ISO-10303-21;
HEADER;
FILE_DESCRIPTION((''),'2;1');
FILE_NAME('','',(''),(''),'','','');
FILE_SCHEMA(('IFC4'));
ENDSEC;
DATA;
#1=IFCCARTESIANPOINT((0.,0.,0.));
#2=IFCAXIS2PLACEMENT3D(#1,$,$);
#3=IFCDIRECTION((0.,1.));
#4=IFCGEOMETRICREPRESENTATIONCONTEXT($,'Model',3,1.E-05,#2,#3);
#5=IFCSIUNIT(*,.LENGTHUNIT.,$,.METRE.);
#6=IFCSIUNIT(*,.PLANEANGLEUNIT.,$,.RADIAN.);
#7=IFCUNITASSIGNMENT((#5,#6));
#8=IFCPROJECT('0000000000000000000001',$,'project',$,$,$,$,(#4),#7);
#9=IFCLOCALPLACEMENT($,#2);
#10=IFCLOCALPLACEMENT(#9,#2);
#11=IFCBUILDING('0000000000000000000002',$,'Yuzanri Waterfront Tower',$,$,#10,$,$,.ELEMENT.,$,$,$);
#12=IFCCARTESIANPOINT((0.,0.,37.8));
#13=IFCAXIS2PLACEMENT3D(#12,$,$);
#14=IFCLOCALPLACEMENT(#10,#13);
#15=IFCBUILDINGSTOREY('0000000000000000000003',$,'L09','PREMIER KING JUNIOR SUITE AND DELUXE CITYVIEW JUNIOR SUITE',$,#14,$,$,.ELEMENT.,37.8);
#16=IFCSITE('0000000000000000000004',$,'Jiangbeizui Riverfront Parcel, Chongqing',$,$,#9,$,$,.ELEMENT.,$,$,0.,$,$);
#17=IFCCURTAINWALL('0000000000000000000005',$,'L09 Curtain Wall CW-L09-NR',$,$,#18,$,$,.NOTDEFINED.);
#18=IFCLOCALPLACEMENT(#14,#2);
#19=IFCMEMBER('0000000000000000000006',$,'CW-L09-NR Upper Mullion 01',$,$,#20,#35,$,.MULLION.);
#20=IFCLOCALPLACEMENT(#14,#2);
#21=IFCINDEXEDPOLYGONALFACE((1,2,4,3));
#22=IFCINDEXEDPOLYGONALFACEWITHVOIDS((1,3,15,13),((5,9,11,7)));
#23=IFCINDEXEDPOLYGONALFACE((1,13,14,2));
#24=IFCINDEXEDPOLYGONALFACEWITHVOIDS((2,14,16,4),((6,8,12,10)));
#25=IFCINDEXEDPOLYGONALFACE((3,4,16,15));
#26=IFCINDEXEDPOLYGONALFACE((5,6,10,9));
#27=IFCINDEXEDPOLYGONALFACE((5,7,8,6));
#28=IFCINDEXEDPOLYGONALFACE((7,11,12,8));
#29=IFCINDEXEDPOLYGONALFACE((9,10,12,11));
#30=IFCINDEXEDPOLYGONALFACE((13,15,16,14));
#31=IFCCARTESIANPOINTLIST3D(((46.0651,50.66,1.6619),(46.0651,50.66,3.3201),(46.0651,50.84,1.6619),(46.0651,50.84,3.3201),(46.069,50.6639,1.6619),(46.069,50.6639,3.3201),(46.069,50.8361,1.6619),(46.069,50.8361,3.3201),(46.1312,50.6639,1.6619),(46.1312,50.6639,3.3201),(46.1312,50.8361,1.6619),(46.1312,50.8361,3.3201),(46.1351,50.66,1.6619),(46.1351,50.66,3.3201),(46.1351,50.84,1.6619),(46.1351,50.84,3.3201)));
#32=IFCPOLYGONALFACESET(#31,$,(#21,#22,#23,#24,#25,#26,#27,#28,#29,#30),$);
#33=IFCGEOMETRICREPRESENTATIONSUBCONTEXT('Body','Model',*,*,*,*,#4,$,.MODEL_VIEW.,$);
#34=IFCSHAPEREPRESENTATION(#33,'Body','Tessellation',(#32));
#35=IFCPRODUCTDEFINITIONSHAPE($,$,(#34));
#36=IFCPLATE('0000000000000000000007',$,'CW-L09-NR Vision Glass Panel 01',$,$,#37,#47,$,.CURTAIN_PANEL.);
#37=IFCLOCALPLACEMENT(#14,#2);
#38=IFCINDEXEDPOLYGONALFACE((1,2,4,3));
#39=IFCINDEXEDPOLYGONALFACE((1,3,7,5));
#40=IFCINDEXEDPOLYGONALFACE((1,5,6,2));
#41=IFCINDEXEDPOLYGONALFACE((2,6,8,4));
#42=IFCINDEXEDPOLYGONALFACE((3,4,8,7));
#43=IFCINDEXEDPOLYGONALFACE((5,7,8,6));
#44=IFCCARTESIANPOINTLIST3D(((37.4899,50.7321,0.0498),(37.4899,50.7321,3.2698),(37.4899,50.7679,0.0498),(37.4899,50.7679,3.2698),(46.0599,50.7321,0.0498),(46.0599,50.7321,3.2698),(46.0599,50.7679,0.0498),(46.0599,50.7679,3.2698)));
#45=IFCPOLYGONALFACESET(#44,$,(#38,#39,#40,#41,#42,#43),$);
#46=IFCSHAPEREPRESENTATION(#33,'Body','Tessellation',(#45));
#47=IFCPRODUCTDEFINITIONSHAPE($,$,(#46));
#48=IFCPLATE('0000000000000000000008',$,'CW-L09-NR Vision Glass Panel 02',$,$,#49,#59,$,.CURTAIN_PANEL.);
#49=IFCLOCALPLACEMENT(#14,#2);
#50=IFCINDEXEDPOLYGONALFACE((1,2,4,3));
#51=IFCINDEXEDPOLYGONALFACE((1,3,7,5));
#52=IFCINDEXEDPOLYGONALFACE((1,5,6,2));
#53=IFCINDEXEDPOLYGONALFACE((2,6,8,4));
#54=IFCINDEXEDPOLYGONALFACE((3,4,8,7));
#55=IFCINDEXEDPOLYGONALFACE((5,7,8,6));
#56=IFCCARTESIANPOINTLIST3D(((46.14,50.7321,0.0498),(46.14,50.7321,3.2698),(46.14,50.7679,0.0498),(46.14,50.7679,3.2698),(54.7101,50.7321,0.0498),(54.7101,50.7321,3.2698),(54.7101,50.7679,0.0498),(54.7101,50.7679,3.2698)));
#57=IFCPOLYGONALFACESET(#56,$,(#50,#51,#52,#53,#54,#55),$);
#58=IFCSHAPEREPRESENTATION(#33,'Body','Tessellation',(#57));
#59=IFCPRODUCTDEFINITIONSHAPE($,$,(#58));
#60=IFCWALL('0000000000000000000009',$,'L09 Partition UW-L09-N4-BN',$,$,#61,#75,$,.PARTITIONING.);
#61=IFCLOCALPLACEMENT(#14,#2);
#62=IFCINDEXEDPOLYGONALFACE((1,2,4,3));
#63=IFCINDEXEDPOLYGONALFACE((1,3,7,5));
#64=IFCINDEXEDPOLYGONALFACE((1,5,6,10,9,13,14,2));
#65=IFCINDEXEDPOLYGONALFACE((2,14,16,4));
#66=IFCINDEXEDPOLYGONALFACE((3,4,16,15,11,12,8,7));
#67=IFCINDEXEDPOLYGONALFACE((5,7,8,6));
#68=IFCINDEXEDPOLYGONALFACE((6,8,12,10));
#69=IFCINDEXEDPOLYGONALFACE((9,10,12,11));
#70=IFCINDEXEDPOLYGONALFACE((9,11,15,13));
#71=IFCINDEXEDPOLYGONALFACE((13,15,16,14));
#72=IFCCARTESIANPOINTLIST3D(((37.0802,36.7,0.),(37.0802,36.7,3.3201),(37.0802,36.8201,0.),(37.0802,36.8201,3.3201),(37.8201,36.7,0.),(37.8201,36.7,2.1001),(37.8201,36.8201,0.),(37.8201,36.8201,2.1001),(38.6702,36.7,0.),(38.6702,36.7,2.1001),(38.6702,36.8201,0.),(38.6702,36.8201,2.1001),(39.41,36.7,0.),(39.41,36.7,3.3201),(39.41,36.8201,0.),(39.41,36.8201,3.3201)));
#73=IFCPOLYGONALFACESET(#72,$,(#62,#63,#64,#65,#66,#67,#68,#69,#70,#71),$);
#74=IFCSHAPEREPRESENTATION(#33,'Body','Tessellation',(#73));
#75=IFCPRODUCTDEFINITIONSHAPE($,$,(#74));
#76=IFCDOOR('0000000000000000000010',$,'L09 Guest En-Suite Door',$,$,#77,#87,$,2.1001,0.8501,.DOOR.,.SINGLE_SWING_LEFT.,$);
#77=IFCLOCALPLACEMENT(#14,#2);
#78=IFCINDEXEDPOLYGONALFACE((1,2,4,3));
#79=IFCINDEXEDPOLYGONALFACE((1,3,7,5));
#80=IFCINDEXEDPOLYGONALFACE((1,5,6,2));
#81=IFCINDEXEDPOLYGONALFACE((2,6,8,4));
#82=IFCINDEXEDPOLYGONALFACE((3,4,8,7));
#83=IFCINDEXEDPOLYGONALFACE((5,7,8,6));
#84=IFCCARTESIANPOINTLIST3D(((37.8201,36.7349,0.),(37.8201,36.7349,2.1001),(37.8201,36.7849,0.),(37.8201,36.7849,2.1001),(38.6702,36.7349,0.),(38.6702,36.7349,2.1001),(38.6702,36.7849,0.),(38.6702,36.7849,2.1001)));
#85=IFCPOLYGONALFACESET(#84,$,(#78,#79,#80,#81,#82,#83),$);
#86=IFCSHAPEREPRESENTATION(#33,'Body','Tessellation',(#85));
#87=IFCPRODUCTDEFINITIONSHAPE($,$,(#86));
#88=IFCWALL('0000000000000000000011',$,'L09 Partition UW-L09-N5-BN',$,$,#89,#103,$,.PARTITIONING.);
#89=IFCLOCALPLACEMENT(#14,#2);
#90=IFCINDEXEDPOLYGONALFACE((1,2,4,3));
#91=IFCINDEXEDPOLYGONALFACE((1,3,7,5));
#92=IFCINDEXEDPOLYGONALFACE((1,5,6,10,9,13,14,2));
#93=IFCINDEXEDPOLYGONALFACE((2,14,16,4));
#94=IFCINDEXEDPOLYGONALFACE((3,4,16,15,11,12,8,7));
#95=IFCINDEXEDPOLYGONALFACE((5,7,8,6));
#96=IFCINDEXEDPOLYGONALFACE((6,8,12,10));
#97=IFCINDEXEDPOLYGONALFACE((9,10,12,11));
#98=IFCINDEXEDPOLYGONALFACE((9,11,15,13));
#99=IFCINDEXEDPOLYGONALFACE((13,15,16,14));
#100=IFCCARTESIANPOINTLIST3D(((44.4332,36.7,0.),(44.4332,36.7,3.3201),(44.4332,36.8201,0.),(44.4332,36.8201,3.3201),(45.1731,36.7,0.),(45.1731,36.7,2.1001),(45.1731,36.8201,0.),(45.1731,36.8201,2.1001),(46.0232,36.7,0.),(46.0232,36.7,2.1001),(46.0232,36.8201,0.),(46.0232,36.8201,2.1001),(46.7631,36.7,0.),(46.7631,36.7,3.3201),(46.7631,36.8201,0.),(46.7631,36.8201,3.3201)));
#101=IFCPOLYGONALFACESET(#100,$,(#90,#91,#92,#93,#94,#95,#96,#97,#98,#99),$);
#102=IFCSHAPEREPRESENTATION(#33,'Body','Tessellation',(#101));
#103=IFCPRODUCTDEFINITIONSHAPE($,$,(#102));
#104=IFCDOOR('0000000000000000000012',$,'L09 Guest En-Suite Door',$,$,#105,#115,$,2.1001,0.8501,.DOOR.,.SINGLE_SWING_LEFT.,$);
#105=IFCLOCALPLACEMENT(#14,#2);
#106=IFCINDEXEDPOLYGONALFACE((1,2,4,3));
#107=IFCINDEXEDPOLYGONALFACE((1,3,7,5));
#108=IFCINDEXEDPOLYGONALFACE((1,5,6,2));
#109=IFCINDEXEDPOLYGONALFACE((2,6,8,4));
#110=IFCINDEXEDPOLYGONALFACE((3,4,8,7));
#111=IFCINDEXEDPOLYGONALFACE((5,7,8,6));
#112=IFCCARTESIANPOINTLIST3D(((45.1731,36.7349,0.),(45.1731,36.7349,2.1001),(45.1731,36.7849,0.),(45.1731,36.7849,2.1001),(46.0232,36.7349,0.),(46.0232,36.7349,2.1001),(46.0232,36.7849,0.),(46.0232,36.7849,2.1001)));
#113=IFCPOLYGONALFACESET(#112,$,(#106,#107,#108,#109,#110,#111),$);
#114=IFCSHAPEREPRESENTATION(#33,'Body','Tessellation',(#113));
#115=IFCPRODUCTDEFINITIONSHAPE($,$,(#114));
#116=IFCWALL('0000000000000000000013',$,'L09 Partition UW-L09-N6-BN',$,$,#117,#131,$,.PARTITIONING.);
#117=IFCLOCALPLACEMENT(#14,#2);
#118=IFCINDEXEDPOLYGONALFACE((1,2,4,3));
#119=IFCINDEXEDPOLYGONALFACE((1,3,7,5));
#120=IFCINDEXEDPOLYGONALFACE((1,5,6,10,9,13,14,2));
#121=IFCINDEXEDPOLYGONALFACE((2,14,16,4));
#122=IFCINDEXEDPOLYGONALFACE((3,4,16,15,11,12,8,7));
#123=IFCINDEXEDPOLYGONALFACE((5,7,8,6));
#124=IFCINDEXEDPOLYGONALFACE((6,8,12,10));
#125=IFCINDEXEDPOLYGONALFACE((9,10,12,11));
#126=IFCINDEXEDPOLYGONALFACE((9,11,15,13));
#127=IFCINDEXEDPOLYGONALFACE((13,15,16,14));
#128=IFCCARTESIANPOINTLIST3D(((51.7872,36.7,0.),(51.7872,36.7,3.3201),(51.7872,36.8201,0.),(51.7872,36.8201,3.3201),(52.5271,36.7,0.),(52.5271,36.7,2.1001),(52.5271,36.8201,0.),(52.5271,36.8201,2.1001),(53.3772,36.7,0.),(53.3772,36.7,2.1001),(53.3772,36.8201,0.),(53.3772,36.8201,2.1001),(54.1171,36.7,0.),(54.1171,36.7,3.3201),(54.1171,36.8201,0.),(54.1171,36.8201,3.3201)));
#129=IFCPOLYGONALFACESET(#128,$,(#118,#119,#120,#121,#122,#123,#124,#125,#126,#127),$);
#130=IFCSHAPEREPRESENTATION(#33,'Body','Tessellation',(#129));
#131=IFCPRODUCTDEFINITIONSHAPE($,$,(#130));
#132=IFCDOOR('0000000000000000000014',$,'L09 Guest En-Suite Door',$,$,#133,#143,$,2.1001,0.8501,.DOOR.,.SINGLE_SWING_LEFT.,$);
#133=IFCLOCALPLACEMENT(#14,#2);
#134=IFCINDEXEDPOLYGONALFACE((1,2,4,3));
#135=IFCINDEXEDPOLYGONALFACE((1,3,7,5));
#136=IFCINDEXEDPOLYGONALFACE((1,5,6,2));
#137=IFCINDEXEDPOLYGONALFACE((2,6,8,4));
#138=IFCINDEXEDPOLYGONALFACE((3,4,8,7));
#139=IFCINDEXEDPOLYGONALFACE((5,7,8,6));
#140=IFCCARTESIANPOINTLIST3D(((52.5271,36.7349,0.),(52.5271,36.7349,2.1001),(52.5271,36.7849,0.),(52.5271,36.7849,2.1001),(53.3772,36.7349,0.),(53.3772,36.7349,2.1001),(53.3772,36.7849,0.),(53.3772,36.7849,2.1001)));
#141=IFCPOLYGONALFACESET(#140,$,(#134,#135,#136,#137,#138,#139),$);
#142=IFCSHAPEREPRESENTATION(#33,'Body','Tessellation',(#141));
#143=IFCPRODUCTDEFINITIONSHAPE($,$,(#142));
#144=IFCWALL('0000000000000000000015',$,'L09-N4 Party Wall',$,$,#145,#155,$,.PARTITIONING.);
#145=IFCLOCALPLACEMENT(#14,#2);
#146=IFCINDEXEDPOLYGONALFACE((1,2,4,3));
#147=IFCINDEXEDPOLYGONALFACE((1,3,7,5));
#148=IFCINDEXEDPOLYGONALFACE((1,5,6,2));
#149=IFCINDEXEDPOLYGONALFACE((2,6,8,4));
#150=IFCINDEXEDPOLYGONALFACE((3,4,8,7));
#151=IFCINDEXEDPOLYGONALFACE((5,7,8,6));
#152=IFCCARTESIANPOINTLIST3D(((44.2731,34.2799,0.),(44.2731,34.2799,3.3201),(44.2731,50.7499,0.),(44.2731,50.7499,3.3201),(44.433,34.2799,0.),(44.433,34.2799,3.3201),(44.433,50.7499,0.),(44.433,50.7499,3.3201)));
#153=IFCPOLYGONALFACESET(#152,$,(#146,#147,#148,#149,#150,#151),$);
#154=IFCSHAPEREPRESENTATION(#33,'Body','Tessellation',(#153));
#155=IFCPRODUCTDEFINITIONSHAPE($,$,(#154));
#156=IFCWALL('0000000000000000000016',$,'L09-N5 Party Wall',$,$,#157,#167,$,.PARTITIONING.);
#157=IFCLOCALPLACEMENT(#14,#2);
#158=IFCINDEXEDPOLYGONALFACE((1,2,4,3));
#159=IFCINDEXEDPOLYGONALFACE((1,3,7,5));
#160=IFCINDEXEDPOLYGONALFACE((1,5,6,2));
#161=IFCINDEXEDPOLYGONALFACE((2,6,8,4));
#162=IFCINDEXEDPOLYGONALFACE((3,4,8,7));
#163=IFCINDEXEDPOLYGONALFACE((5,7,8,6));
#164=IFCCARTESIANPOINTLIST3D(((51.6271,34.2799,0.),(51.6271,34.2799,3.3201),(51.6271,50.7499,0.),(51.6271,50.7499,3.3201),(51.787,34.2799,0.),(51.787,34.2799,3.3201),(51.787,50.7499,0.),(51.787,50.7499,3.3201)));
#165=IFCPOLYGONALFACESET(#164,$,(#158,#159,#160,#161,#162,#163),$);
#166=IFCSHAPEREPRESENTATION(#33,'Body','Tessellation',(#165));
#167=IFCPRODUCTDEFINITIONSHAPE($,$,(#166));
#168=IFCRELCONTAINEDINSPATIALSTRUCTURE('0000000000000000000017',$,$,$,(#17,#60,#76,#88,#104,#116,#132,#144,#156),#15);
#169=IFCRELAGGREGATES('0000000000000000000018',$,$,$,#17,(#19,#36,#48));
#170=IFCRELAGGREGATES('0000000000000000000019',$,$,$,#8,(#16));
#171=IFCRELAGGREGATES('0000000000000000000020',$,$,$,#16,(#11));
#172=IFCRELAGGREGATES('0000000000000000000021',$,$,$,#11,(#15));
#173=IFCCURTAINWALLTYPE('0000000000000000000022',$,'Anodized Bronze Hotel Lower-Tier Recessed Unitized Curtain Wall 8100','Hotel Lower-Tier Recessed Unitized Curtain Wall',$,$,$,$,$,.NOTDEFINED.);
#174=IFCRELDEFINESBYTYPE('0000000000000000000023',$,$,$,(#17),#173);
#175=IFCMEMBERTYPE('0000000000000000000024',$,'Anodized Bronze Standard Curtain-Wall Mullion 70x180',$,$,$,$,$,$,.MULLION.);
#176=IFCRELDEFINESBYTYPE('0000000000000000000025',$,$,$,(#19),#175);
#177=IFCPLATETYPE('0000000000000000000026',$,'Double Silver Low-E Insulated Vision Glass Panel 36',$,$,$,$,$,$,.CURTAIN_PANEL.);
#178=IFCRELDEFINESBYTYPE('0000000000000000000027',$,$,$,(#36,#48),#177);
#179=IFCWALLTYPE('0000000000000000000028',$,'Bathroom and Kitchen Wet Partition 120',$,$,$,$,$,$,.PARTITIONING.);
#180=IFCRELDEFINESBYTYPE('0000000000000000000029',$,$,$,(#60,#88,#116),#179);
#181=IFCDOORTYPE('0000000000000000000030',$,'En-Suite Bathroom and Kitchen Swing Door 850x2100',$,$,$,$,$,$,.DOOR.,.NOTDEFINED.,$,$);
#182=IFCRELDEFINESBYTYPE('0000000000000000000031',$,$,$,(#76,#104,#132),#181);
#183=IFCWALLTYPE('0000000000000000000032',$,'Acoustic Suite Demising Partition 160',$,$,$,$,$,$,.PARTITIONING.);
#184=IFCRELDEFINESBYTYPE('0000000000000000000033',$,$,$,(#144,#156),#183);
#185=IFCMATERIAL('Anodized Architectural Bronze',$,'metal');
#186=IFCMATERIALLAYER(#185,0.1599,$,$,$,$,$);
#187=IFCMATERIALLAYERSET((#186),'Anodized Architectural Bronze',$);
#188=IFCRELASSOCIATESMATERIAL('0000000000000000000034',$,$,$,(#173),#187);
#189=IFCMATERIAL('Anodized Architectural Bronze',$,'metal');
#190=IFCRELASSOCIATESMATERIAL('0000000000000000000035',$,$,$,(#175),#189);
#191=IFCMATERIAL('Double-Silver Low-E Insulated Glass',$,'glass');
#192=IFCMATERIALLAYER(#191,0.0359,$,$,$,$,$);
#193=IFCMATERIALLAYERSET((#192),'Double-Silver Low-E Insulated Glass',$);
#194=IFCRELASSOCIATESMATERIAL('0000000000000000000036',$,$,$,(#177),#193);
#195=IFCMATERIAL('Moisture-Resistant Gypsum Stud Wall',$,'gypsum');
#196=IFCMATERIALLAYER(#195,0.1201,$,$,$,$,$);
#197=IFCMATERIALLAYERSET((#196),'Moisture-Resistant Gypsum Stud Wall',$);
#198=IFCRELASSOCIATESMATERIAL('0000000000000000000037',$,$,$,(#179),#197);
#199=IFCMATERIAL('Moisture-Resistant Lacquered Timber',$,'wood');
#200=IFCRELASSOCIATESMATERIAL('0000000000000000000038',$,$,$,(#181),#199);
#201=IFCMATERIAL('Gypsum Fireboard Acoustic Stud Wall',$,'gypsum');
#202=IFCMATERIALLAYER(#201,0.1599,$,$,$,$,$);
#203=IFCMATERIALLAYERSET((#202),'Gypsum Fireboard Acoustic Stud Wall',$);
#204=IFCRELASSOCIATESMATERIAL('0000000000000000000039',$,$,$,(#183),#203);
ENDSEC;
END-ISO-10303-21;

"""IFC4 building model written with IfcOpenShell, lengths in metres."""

from ifc_helpers import new_model, si_unit, direction, frame, frame_2d, origin, origin_2d, place, context, subcontext, project, spatial, rectangle, hollow_rectangle, extrude, source, transform, mapped, material, layer, layer_set, material_profile, profile_set, type_object, element, fill, aggregate, save


model = new_model("IFC4")

# Units and contexts
model_context = context("Model", 3, precision=1e-05, world=origin(), true_north=direction((0.0, 1.0)))
body_context = subcontext(model_context, "Body", "Model", "MODEL_VIEW")
ifc_project = project(units=[si_unit("LENGTHUNIT", "METRE"), si_unit("PLANEANGLEUNIT", "RADIAN")], contexts=[model_context])

# Site, building, storey
site_placement = place(None, origin())
site = spatial("IfcSite", under=ifc_project, at=site_placement, Name="Jiangbeizui Riverfront Parcel, Chongqing", CompositionType="ELEMENT", RefElevation=0.0)
building_placement = place(site_placement, origin())
building = spatial("IfcBuilding", under=site, at=building_placement, Name="Yuzanri Waterfront Tower", CompositionType="ELEMENT")
storey_placement = place(building_placement, frame((0.0, 0.0, 37.8)))
storey = spatial("IfcBuildingStorey", under=building, at=storey_placement, Name="L09", Description="PREMIER KING JUNIOR SUITE AND DELUXE CITYVIEW JUNIOR SUITE", CompositionType="ELEMENT", Elevation=37.8)

# Curtain wall, member, plates
ifc_material_1 = material(Name="Anodized Architectural Bronze", Category="metal")
ifc_layer_1 = layer(ifc_material_1, 0.1599)
ifc_layer_set_1 = layer_set([ifc_layer_1], Name="Anodized Architectural Bronze")
curtain_wall_type = type_object("IfcCurtainWallType", Name="Anodized Bronze Hotel Lower-Tier Recessed Unitized Curtain Wall 8100", Description="Hotel Lower-Tier Recessed Unitized Curtain Wall", PredefinedType="NOTDEFINED", material=ifc_layer_set_1)
curtain_wall_placement = place(storey_placement, origin())
curtain_wall = element("IfcCurtainWall", 1, at=curtain_wall_placement, inside=storey, type_object=curtain_wall_type, Name="L09 Curtain Wall CW-L09-NR", PredefinedType="NOTDEFINED")
ifc_material_2 = material(Name="Anodized Architectural Bronze", Category="metal")
ifc_material_profile_1 = material_profile(ifc_material_2, hollow_rectangle(XDim=0.0701, YDim=0.1799, WallThickness=0.0039, at=origin_2d()), Name="CWM 70x180")
ifc_profile_set_1 = profile_set([ifc_material_profile_1], Name="Anodized Architectural Bronze")
member_type_1 = type_object("IfcMemberType", Name="Anodized Bronze Standard Curtain-Wall Mullion 70x180", PredefinedType="MULLION", material=ifc_profile_set_1)
shared_shape_1 = source(origin(), body_context, "Body", "SweptSolid", [
    extrude(hollow_rectangle(XDim=0.0701, YDim=0.1799, WallThickness=0.0039, at=origin_2d()), origin(), (0.0, 0.0, 1.0), 1.6582),
])
member_1_placement = place(storey_placement, frame((46.1001, 50.75, 1.6619), z_axis=(0.0, 0.0, 1.0), x_axis=(1.0, 0.0, 0.0)))
member_1 = element("IfcMember", 2, at=member_1_placement, type_object=member_type_1, Name="CW-L09-NR Upper Mullion 01", PredefinedType="MULLION", context=body_context, shape_type="MappedRepresentation", body=[
    mapped(shared_shape_1, transform((0.0, 0.0, 0.0), scale=1.0)),
])
ifc_material_3 = material(Name="Double-Silver Low-E Insulated Glass", Category="glass")
ifc_layer_2 = layer(ifc_material_3, 0.0359)
ifc_layer_set_2 = layer_set([ifc_layer_2], Name="Double-Silver Low-E Insulated Glass")
plate_type = type_object("IfcPlateType", Name="Double Silver Low-E Insulated Vision Glass Panel 36", PredefinedType="CURTAIN_PANEL", material=ifc_layer_set_2)
shared_shape_2 = source(origin(), body_context, "Body", "SweptSolid", [
    extrude(rectangle(XDim=8.5701, YDim=0.0359, at=origin_2d()), origin(), (0.0, 0.0, 1.0), 3.22),
])
plate_1_placement = place(storey_placement, frame((41.7749, 50.75, 0.0498), z_axis=(0.0, 0.0, 1.0), x_axis=(1.0, 0.0, 0.0)))
plate_1 = element("IfcPlate", 3, at=plate_1_placement, type_object=plate_type, Name="CW-L09-NR Vision Glass Panel 01", PredefinedType="CURTAIN_PANEL", context=body_context, shape_type="MappedRepresentation", body=[
    mapped(shared_shape_2, transform((0.0, 0.0, 0.0), scale=1.0)),
])
plate_2_placement = place(storey_placement, frame((50.425, 50.75, 0.0498), z_axis=(0.0, 0.0, 1.0), x_axis=(1.0, 0.0, 0.0)))
plate_2 = element("IfcPlate", 4, at=plate_2_placement, type_object=plate_type, Name="CW-L09-NR Vision Glass Panel 02", PredefinedType="CURTAIN_PANEL", context=body_context, shape_type="MappedRepresentation", body=[
    mapped(shared_shape_2, transform((0.0, 0.0, 0.0), scale=1.0)),
])
aggregate(curtain_wall, [member_1, plate_1, plate_2])

# Walls, openings, doors
ifc_material_4 = material(Name="Moisture-Resistant Gypsum Stud Wall", Category="gypsum")
ifc_layer_3 = layer(ifc_material_4, 0.1201)
ifc_layer_set_3 = layer_set([ifc_layer_3], Name="Moisture-Resistant Gypsum Stud Wall")
wall_type_1 = type_object("IfcWallType", Name="Bathroom and Kitchen Wet Partition 120", PredefinedType="PARTITIONING", material=ifc_layer_set_3)
wall_1_placement = place(storey_placement, frame((37.0801, 36.76, 0.0), z_axis=(0.0, 0.0, 1.0), x_axis=(1.0, 0.0, 0.0)))
wall_1 = element("IfcWall", 5, at=wall_1_placement, inside=storey, type_object=wall_type_1, Name="L09 Partition UW-L09-N4-BN", PredefinedType="PARTITIONING", context=body_context, shape_type="SweptSolid", body=[
    extrude(rectangle(XDim=2.3298, YDim=0.1201, at=frame_2d((1.165, 0.0))), origin(), (0.0, 0.0, 1.0), 3.3201),
])
opening_1_placement = place(wall_1_placement, frame((0.74, 0.0, 0.0)))
opening_1 = element("IfcOpeningElement", 6, at=opening_1_placement, cuts=wall_1, PredefinedType="OPENING", context=body_context, shape_type="SweptSolid", body=[
    extrude(rectangle(XDim=0.8501, YDim=2.1001, at=frame_2d((0.425, 1.05))), frame((0.0, 0.075, 0.0), z_axis=(0.0, -1.0, 0.0), x_axis=(1.0, 0.0, 0.0)), (0.0, 0.0, 1.0), 0.1499),
])
ifc_material_5 = material(Name="Moisture-Resistant Lacquered Timber", Category="wood")
door_type = type_object("IfcDoorType", Name="En-Suite Bathroom and Kitchen Swing Door 850x2100", OperationType="NOTDEFINED", PredefinedType="DOOR", material=ifc_material_5)
shared_shape_3 = source(origin(), body_context, "Body", "SweptSolid", [
    extrude(rectangle(XDim=0.8501, YDim=2.1001, at=frame_2d((0.425, 1.05))), frame((0.0, 0.0249, 0.0), z_axis=(0.0, -1.0, 0.0), x_axis=(1.0, 0.0, 0.0)), (0.0, 0.0, 1.0), 0.05),
])
door_1_placement = place(opening_1_placement, origin())
door_1 = element("IfcDoor", 7, at=door_1_placement, inside=storey, type_object=door_type, Name="L09 Guest En-Suite Door", OperationType="SINGLE_SWING_LEFT", OverallHeight=2.1001, OverallWidth=0.8501, PredefinedType="DOOR", context=body_context, shape_type="MappedRepresentation", body=[
    mapped(shared_shape_3, transform((0.0, 0.0, 0.0), scale=1.0)),
])
fill(opening_1, door_1)
wall_2_placement = place(storey_placement, frame((44.4331, 36.76, 0.0), z_axis=(0.0, 0.0, 1.0), x_axis=(1.0, 0.0, 0.0)))
wall_2 = element("IfcWall", 8, at=wall_2_placement, inside=storey, type_object=wall_type_1, Name="L09 Partition UW-L09-N5-BN", PredefinedType="PARTITIONING", context=body_context, shape_type="SweptSolid", body=[
    extrude(rectangle(XDim=2.3298, YDim=0.1201, at=frame_2d((1.165, 0.0))), origin(), (0.0, 0.0, 1.0), 3.3201),
])
opening_2_placement = place(wall_2_placement, frame((0.74, 0.0, 0.0)))
opening_2 = element("IfcOpeningElement", 9, at=opening_2_placement, cuts=wall_2, PredefinedType="OPENING", context=body_context, shape_type="SweptSolid", body=[
    extrude(rectangle(XDim=0.8501, YDim=2.1001, at=frame_2d((0.425, 1.05))), frame((0.0, 0.075, 0.0), z_axis=(0.0, -1.0, 0.0), x_axis=(1.0, 0.0, 0.0)), (0.0, 0.0, 1.0), 0.1499),
])
door_2_placement = place(opening_2_placement, origin())
door_2 = element("IfcDoor", 10, at=door_2_placement, inside=storey, type_object=door_type, Name="L09 Guest En-Suite Door", OperationType="SINGLE_SWING_LEFT", OverallHeight=2.1001, OverallWidth=0.8501, PredefinedType="DOOR", context=body_context, shape_type="MappedRepresentation", body=[
    mapped(shared_shape_3, transform((0.0, 0.0, 0.0), scale=1.0)),
])
fill(opening_2, door_2)
wall_3_placement = place(storey_placement, frame((51.7871, 36.76, 0.0), z_axis=(0.0, 0.0, 1.0), x_axis=(1.0, 0.0, 0.0)))
wall_3 = element("IfcWall", 11, at=wall_3_placement, inside=storey, type_object=wall_type_1, Name="L09 Partition UW-L09-N6-BN", PredefinedType="PARTITIONING", context=body_context, shape_type="SweptSolid", body=[
    extrude(rectangle(XDim=2.3298, YDim=0.1201, at=frame_2d((1.165, 0.0))), origin(), (0.0, 0.0, 1.0), 3.3201),
])
opening_3_placement = place(wall_3_placement, frame((0.74, 0.0, 0.0)))
opening_3 = element("IfcOpeningElement", 12, at=opening_3_placement, cuts=wall_3, PredefinedType="OPENING", context=body_context, shape_type="SweptSolid", body=[
    extrude(rectangle(XDim=0.8501, YDim=2.1001, at=frame_2d((0.425, 1.05))), frame((0.0, 0.075, 0.0), z_axis=(0.0, -1.0, 0.0), x_axis=(1.0, 0.0, 0.0)), (0.0, 0.0, 1.0), 0.1499),
])
door_3_placement = place(opening_3_placement, origin())
door_3 = element("IfcDoor", 13, at=door_3_placement, inside=storey, type_object=door_type, Name="L09 Guest En-Suite Door", OperationType="SINGLE_SWING_LEFT", OverallHeight=2.1001, OverallWidth=0.8501, PredefinedType="DOOR", context=body_context, shape_type="MappedRepresentation", body=[
    mapped(shared_shape_3, transform((0.0, 0.0, 0.0), scale=1.0)),
])
fill(opening_3, door_3)

# Walls
ifc_material_6 = material(Name="Gypsum Fireboard Acoustic Stud Wall", Category="gypsum")
ifc_layer_4 = layer(ifc_material_6, 0.1599)
ifc_layer_set_4 = layer_set([ifc_layer_4], Name="Gypsum Fireboard Acoustic Stud Wall")
wall_type_2 = type_object("IfcWallType", Name="Acoustic Suite Demising Partition 160", PredefinedType="PARTITIONING", material=ifc_layer_set_4)
shared_shape_4 = source(origin(), body_context, "Body", "SweptSolid", [
    extrude(rectangle(XDim=16.47, YDim=0.1599, at=frame_2d((8.2349, 0.0))), origin(), (0.0, 0.0, 1.0), 3.3201),
])
for number, where, z_axis, x_axis, name in (
    (14, (44.353, 34.28, 0.0), (0.0, 0.0, 1.0), (0.0, 1.0, 0.0), "L09-N4 Party Wall"),
    (15, (51.707, 34.28, 0.0), (0.0, 0.0, 1.0), (0.0, 1.0, 0.0), "L09-N5 Party Wall"),
):
    element("IfcWall", number, at=place(storey_placement, frame(where, z_axis=z_axis, x_axis=x_axis)), inside=storey, type_object=wall_type_2, Name=name, PredefinedType="PARTITIONING", context=body_context, shape_type="MappedRepresentation", body=[
        mapped(shared_shape_4, transform((0.0, 0.0, 0.0), scale=1.0)),
    ])

save(model, "model.ifc")
